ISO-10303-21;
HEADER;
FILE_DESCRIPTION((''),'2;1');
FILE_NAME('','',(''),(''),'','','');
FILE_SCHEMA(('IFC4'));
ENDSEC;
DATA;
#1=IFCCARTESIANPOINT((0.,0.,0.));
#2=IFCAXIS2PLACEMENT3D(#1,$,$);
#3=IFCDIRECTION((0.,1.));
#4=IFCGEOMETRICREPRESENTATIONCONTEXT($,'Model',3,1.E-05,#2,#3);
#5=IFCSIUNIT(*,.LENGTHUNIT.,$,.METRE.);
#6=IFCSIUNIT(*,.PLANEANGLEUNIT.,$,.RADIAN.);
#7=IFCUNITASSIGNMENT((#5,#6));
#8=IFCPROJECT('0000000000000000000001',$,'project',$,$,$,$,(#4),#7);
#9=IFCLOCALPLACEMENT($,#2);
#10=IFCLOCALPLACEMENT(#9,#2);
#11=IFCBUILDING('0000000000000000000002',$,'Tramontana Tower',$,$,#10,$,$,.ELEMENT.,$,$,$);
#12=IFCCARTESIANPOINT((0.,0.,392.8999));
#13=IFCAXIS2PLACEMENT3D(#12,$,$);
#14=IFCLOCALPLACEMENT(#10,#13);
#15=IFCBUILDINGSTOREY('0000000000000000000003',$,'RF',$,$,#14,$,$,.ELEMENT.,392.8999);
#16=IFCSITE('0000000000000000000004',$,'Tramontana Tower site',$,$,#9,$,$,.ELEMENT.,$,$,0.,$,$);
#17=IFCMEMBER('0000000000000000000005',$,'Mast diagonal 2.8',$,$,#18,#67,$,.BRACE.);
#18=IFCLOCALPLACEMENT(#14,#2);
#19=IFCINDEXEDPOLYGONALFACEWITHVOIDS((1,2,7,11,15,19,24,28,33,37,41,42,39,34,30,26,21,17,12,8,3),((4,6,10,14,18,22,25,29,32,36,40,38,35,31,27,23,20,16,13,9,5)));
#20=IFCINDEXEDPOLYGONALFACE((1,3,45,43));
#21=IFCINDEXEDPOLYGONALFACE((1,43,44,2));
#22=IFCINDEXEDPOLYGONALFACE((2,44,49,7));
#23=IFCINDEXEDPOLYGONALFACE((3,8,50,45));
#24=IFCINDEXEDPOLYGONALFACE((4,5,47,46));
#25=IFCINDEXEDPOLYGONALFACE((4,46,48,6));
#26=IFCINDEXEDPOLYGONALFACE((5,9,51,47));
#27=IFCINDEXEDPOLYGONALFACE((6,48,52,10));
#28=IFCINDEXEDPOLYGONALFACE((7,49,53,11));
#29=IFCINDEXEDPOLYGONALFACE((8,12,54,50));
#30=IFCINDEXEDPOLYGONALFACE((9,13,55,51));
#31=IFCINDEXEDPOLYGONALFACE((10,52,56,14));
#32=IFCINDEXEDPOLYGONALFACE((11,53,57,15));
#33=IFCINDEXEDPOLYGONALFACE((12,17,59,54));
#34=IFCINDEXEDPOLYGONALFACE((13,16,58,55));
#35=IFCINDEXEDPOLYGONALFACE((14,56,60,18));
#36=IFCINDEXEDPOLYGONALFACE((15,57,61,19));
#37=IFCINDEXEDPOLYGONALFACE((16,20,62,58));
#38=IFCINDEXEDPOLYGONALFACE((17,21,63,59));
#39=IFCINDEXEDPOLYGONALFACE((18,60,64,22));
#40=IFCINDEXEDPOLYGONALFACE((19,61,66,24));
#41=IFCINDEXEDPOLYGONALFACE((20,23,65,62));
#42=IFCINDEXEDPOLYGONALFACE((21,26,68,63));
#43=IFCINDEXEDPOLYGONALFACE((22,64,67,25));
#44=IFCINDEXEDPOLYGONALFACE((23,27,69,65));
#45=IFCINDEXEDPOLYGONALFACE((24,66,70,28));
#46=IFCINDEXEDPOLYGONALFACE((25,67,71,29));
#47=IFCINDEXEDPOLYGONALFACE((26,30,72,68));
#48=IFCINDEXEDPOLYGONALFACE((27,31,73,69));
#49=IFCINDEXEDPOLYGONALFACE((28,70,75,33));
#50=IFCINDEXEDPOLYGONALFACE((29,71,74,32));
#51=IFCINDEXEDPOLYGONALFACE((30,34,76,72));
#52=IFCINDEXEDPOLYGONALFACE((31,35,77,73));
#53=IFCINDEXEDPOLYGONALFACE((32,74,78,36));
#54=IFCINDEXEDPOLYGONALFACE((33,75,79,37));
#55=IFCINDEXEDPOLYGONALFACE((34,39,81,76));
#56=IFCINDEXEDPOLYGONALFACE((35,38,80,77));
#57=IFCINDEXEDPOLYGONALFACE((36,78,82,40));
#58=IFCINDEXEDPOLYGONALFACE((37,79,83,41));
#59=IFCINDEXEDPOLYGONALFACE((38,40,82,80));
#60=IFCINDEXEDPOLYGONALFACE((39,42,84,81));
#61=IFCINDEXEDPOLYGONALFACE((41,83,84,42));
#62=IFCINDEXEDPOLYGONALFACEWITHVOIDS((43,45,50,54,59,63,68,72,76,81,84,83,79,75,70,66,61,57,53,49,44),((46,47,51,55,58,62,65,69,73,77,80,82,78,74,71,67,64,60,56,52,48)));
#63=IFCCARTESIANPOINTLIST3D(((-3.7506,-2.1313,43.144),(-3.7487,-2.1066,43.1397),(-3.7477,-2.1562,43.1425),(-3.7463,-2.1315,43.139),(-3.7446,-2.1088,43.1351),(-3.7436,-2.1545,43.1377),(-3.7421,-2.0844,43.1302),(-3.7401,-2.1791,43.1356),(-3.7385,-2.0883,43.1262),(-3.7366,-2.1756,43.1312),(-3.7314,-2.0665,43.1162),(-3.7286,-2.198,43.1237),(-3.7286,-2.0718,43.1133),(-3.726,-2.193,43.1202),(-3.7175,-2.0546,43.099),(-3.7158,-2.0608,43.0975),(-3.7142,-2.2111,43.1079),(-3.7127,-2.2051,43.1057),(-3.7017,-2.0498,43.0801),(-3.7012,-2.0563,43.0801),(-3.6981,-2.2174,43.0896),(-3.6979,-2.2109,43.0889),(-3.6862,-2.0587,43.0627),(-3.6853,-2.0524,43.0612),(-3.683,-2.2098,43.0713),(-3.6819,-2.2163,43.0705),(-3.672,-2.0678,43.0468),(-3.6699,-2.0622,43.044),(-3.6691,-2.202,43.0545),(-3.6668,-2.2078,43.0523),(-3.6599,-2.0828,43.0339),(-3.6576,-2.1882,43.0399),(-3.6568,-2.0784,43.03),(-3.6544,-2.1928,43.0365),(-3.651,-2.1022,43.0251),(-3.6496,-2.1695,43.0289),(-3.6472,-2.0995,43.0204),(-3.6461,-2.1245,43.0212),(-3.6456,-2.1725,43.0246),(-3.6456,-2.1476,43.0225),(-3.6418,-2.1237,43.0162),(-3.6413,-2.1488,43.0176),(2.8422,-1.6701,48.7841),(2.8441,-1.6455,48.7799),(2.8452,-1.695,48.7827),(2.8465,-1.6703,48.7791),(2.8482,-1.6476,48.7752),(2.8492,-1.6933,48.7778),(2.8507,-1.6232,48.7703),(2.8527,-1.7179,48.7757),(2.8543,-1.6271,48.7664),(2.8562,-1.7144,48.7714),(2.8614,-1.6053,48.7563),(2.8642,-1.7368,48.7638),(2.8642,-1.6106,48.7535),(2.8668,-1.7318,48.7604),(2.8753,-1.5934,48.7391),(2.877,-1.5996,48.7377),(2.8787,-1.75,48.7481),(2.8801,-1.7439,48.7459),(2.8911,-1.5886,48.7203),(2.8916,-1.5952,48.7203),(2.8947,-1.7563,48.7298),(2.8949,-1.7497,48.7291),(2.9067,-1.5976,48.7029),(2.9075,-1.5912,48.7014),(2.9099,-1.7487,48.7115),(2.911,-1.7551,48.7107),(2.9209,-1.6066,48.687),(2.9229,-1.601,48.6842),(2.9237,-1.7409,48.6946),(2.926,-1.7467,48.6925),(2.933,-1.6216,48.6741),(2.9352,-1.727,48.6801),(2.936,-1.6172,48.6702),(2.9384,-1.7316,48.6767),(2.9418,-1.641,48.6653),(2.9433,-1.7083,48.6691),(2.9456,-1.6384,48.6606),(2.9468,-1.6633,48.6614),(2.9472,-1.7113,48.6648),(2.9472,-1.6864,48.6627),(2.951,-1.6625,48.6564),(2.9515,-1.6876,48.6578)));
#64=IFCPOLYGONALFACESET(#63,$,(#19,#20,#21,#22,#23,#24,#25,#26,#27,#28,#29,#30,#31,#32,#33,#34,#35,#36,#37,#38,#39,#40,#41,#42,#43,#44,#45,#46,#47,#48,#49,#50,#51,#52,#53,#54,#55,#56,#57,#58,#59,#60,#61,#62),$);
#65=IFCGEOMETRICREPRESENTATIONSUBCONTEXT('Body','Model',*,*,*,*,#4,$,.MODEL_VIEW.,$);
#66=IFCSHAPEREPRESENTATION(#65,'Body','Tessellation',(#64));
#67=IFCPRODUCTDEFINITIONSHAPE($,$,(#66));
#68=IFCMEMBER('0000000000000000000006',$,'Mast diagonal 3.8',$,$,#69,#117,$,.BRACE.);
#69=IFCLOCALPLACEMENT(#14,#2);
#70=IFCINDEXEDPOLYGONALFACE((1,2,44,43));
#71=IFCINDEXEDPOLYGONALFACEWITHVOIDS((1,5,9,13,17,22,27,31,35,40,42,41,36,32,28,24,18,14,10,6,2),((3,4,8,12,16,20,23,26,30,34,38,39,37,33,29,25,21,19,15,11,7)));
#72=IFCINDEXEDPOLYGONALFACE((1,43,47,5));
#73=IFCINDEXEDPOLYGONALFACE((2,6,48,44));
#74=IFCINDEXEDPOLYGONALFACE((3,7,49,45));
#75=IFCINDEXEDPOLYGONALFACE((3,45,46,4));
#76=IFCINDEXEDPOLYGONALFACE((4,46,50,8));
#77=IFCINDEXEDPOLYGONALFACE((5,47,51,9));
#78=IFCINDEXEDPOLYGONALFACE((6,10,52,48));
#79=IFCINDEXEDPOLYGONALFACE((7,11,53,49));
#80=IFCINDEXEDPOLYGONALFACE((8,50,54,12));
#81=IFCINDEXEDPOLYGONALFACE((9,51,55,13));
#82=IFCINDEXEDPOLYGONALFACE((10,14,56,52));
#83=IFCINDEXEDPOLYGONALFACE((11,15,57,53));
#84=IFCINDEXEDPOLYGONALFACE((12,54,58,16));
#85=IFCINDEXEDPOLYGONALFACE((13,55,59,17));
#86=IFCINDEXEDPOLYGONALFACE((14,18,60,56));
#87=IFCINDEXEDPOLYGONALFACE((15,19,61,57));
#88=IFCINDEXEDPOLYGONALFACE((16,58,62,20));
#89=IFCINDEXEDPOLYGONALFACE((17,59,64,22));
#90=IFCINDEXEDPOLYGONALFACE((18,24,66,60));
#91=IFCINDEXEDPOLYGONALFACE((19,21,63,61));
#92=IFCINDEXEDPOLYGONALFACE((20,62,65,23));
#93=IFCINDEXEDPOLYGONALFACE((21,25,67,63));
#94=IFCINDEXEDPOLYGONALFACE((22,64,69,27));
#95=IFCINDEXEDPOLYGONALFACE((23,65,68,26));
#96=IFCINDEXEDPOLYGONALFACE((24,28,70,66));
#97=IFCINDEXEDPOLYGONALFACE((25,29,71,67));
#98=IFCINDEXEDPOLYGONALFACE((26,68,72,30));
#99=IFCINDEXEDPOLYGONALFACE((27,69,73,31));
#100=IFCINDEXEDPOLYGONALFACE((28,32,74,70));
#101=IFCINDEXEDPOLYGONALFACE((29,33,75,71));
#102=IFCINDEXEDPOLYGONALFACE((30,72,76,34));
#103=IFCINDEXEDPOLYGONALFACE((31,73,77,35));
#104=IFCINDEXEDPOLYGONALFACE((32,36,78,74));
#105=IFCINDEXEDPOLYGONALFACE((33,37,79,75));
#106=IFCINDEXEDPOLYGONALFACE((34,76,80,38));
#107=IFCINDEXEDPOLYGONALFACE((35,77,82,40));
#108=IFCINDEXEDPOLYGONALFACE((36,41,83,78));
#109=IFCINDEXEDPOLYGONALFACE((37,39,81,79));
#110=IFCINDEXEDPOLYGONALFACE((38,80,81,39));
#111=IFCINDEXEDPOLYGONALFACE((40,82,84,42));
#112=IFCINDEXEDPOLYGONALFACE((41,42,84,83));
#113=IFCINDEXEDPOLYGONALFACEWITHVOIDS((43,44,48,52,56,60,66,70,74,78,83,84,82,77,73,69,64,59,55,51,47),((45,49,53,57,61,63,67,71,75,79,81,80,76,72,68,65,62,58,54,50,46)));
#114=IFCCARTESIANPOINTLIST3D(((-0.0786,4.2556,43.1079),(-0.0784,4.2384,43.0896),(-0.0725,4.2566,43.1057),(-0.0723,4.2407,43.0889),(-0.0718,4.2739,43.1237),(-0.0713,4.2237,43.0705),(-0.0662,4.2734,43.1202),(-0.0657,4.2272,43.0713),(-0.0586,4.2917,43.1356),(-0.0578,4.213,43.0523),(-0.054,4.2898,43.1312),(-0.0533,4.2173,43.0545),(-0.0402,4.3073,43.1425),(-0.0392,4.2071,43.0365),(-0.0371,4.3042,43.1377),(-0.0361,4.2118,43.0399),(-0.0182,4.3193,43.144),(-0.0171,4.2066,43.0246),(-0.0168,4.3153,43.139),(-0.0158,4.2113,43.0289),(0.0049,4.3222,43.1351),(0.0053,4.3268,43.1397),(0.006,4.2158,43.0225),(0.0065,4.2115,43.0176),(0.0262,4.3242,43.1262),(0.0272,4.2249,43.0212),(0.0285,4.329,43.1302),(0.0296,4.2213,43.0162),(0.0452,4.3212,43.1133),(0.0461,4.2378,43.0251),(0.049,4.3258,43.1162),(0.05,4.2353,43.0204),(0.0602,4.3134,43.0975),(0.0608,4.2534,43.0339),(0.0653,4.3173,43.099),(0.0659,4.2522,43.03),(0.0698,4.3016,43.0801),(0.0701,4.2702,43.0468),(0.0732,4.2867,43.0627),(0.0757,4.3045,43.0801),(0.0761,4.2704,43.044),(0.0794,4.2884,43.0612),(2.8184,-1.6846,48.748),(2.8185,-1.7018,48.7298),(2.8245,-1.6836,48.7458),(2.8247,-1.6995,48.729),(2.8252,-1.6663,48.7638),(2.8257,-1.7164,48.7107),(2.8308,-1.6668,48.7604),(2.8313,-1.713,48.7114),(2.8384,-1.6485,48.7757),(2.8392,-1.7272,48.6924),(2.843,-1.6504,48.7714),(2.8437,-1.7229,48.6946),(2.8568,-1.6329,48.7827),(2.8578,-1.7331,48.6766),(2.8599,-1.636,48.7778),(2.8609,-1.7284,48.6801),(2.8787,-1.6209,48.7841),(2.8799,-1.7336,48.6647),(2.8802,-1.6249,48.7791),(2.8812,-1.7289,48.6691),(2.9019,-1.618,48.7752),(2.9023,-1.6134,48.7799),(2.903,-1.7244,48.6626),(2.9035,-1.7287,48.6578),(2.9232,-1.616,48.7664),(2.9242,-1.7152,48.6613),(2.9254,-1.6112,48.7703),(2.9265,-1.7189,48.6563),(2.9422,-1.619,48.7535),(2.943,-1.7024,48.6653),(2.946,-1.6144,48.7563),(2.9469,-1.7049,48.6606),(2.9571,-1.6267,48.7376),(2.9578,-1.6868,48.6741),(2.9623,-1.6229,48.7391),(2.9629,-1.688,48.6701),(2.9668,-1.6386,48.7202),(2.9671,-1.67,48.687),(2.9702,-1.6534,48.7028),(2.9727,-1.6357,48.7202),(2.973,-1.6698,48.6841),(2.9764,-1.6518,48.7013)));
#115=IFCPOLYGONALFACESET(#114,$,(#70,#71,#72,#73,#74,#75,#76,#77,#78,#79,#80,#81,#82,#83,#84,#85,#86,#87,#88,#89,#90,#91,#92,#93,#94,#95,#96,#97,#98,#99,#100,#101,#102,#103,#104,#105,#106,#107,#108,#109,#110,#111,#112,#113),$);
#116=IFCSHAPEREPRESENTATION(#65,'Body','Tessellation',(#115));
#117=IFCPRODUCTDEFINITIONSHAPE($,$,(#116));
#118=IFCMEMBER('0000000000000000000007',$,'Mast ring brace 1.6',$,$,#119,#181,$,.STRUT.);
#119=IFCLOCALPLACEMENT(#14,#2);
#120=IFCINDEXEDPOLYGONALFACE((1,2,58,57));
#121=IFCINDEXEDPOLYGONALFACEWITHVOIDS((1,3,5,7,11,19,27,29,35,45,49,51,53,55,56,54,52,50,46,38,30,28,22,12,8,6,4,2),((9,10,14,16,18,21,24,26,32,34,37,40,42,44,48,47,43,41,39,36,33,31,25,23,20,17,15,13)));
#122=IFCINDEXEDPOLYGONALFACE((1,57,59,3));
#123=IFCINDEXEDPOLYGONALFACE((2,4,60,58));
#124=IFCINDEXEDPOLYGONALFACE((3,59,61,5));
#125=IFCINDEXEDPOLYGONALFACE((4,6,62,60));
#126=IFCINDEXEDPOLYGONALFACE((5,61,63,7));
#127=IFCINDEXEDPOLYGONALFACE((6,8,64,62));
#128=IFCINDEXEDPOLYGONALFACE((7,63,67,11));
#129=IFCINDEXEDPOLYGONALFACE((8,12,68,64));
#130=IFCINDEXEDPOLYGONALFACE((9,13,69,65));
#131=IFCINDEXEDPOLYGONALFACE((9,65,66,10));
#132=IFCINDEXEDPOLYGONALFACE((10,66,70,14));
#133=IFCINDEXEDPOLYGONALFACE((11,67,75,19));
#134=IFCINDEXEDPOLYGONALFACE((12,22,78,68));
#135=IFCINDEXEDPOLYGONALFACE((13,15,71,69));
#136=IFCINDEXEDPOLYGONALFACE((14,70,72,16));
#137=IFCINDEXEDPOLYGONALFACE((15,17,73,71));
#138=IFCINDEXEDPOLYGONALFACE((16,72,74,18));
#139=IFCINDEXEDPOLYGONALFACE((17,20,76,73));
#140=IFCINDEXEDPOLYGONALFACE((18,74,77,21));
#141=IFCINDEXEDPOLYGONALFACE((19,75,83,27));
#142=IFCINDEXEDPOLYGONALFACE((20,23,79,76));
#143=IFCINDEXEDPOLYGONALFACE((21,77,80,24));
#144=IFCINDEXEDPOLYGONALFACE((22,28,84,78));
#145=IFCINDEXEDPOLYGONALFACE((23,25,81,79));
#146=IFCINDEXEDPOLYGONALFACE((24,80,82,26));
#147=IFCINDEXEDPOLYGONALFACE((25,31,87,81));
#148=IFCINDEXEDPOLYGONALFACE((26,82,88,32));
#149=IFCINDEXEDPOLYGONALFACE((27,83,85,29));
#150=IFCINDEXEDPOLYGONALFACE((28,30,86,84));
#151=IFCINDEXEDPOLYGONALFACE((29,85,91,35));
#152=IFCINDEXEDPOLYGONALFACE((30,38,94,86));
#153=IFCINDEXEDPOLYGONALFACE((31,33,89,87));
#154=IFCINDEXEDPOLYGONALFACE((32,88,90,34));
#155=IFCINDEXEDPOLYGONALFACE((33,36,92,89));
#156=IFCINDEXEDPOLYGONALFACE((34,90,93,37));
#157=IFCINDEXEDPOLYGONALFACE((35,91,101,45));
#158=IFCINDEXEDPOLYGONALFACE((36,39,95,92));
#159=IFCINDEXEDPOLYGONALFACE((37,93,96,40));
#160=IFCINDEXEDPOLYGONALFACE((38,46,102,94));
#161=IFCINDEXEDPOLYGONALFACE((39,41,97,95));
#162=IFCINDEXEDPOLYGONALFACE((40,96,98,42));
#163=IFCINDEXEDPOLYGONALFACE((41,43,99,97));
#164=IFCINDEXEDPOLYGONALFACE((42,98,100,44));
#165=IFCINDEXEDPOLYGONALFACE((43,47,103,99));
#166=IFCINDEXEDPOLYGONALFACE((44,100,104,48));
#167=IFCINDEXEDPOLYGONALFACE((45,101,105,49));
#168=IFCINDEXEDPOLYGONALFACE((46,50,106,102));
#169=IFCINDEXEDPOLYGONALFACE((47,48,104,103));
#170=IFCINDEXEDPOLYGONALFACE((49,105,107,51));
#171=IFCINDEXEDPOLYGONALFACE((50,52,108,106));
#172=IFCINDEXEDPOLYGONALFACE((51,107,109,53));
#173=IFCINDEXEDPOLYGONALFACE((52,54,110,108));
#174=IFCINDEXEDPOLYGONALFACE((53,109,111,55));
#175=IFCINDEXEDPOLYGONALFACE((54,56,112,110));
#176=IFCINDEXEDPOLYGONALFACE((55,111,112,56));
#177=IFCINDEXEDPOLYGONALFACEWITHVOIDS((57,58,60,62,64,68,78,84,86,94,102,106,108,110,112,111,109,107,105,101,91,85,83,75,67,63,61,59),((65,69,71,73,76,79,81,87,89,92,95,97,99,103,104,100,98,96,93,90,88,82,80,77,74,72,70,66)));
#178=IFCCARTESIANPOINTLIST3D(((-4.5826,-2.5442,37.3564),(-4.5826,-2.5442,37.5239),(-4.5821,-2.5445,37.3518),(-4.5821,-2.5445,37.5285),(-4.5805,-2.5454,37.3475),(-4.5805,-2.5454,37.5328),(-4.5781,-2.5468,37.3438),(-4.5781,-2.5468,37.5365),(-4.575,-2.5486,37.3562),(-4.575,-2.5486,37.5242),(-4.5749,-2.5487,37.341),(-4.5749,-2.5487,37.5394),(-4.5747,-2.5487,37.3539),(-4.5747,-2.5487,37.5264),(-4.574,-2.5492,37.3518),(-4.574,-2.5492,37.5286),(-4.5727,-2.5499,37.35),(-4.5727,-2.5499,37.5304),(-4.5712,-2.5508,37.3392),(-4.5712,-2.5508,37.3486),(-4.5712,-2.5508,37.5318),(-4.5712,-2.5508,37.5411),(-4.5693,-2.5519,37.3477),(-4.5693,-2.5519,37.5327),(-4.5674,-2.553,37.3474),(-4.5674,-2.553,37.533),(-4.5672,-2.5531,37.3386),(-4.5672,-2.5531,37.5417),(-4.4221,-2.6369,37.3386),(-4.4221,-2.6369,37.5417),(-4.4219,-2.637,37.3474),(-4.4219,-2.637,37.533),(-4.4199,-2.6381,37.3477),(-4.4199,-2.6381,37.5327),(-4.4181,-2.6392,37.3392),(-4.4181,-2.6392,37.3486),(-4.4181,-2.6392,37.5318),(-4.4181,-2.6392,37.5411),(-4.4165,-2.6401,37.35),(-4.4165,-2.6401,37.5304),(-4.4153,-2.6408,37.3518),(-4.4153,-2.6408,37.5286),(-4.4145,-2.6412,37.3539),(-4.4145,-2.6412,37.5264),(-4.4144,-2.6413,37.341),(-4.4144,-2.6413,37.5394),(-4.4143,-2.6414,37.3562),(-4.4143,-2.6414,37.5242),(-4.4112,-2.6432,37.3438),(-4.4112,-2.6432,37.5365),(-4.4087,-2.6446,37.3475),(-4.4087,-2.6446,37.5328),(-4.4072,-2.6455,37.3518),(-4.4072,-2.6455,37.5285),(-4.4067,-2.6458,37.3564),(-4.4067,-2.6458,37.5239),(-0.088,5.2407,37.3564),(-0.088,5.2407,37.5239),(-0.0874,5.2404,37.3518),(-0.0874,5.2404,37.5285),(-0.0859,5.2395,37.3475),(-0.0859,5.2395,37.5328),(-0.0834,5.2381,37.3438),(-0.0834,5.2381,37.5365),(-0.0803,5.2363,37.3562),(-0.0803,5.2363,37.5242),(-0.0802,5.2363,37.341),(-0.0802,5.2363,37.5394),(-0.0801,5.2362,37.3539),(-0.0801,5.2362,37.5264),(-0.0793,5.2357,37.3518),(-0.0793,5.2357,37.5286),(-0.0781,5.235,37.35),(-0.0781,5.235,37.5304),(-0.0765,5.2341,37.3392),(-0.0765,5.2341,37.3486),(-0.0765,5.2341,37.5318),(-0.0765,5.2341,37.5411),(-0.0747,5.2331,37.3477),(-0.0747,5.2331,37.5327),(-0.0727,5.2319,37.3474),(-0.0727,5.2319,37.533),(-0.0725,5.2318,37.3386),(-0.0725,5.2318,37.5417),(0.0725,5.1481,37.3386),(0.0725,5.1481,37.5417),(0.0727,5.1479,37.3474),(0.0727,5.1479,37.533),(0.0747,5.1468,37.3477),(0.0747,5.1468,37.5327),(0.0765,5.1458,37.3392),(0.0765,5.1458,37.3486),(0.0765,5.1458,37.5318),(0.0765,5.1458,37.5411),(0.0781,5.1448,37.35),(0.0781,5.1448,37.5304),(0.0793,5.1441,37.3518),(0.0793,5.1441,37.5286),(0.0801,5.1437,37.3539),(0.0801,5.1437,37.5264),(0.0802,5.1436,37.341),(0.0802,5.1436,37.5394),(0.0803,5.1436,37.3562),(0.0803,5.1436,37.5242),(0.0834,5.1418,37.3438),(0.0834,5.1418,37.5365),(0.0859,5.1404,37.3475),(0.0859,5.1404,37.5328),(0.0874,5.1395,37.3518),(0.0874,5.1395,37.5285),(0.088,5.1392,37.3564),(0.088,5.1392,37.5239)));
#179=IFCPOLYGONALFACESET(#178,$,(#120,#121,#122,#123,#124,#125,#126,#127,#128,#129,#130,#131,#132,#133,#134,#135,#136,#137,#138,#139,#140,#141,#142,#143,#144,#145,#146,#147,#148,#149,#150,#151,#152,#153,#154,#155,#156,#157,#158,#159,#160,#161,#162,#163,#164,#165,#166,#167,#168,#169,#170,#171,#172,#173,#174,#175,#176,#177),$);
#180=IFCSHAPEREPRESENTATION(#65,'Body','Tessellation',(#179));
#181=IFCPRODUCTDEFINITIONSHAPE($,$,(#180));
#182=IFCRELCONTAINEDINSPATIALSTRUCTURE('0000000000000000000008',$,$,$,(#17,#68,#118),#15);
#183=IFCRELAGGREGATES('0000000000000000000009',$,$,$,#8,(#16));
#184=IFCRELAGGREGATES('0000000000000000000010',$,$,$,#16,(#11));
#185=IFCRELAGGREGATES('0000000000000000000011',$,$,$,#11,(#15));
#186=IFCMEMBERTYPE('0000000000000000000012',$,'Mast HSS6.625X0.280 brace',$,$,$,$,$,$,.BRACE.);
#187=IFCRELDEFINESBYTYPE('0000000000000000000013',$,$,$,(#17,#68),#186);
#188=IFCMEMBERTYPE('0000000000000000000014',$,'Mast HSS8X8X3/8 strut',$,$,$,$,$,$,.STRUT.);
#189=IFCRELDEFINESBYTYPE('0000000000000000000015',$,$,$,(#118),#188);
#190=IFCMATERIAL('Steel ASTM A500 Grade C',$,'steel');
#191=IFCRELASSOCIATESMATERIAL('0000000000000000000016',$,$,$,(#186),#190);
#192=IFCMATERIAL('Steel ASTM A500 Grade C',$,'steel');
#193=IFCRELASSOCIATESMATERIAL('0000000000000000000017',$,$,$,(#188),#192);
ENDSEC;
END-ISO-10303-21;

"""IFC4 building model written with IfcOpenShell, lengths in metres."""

from ifc_helpers import new_model, si_unit, direction, frame, origin, origin_2d, place, context, subcontext, project, spatial, hollow_rectangle, hollow_circle, extrude, material, material_profile, profile_set, type_object, element, save


model = new_model("IFC4")

# Units and contexts
model_context = context("Model", 3, precision=1e-05, world=origin(), true_north=direction((0.0, 1.0)))
body_context = subcontext(model_context, "Body", "Model", "MODEL_VIEW")
ifc_project = project(units=[si_unit("LENGTHUNIT", "METRE"), si_unit("PLANEANGLEUNIT", "RADIAN")], contexts=[model_context])

# Site, building, storey
site_placement = place(None, origin())
site = spatial("IfcSite", under=ifc_project, at=site_placement, Name="Tramontana Tower site", CompositionType="ELEMENT", RefElevation=0.0)
building_placement = place(site_placement, origin())
building = spatial("IfcBuilding", under=site, at=building_placement, Name="Tramontana Tower", CompositionType="ELEMENT")
storey_placement = place(building_placement, frame((0.0, 0.0, 392.8999)))
storey = spatial("IfcBuildingStorey", under=building, at=storey_placement, Name="RF", CompositionType="ELEMENT", Elevation=392.8999)

# Members
ifc_material_1 = material(Name="Steel ASTM A500 Grade C", Category="steel")
ifc_material_profile_1 = material_profile(ifc_material_1, hollow_circle(Radius=0.0842, WallThickness=0.0066, at=origin_2d()), Name="HSS6.625X0.280")
ifc_profile_set_1 = profile_set([ifc_material_profile_1], Name="Steel ASTM A500 Grade C")
member_type_1 = type_object("IfcMemberType", Name="Mast HSS6.625X0.280 brace", PredefinedType="BRACE", material=ifc_profile_set_1)
for number, where, z_axis, x_axis, name in (
    (1, (-3.6958, -2.1338, 43.0801), (0.758801, 0.05308, 0.649156), (-0.069782, 0.997562, 0.0), "Mast diagonal 2.8"),
    (2, (0.0, 4.2676, 43.0801), (0.333428, -0.683687, 0.649152), (0.898809, 0.438341, 0.0), "Mast diagonal 3.8"),
):
    element("IfcMember", number, at=place(storey_placement, frame(where, z_axis=z_axis, x_axis=x_axis)), inside=storey, type_object=member_type_1, Name=name, PredefinedType="BRACE", context=body_context, shape_type="SweptSolid", body=[
        extrude(hollow_circle(Radius=0.0842, WallThickness=0.0066, at=origin_2d()), origin(), (0.0, 0.0, 1.0), 8.6885),
    ])
ifc_material_2 = material(Name="Steel ASTM A500 Grade C", Category="steel")
ifc_material_profile_2 = material_profile(ifc_material_2, hollow_rectangle(XDim=0.2031, YDim=0.2031, WallThickness=0.0088, InnerFilletRadius=0.0088, OuterFilletRadius=0.0178, at=origin_2d()), Name="HSS8X8X3/8")
ifc_profile_set_2 = profile_set([ifc_material_profile_2], Name="Steel ASTM A500 Grade C")
member_type_2 = type_object("IfcMemberType", Name="Mast HSS8X8X3/8 strut", PredefinedType="STRUT", material=ifc_profile_set_2)
for number, where, z_axis, x_axis, name in (
    (3, (0.0, 5.1899, 37.4402), (-0.500001, -0.866025, 0.0), (0.866025, -0.500001, 0.0), "Mast ring brace 1.6"),
):
    element("IfcMember", number, at=place(storey_placement, frame(where, z_axis=z_axis, x_axis=x_axis)), inside=storey, type_object=member_type_2, Name=name, PredefinedType="STRUT", context=body_context, shape_type="SweptSolid", body=[
        extrude(hollow_rectangle(XDim=0.2031, YDim=0.2031, WallThickness=0.0088, InnerFilletRadius=0.0088, OuterFilletRadius=0.0178, at=origin_2d()), origin(), (0.0, 0.0, 1.0), 8.9893),
    ])

save(model, "model.ifc")
